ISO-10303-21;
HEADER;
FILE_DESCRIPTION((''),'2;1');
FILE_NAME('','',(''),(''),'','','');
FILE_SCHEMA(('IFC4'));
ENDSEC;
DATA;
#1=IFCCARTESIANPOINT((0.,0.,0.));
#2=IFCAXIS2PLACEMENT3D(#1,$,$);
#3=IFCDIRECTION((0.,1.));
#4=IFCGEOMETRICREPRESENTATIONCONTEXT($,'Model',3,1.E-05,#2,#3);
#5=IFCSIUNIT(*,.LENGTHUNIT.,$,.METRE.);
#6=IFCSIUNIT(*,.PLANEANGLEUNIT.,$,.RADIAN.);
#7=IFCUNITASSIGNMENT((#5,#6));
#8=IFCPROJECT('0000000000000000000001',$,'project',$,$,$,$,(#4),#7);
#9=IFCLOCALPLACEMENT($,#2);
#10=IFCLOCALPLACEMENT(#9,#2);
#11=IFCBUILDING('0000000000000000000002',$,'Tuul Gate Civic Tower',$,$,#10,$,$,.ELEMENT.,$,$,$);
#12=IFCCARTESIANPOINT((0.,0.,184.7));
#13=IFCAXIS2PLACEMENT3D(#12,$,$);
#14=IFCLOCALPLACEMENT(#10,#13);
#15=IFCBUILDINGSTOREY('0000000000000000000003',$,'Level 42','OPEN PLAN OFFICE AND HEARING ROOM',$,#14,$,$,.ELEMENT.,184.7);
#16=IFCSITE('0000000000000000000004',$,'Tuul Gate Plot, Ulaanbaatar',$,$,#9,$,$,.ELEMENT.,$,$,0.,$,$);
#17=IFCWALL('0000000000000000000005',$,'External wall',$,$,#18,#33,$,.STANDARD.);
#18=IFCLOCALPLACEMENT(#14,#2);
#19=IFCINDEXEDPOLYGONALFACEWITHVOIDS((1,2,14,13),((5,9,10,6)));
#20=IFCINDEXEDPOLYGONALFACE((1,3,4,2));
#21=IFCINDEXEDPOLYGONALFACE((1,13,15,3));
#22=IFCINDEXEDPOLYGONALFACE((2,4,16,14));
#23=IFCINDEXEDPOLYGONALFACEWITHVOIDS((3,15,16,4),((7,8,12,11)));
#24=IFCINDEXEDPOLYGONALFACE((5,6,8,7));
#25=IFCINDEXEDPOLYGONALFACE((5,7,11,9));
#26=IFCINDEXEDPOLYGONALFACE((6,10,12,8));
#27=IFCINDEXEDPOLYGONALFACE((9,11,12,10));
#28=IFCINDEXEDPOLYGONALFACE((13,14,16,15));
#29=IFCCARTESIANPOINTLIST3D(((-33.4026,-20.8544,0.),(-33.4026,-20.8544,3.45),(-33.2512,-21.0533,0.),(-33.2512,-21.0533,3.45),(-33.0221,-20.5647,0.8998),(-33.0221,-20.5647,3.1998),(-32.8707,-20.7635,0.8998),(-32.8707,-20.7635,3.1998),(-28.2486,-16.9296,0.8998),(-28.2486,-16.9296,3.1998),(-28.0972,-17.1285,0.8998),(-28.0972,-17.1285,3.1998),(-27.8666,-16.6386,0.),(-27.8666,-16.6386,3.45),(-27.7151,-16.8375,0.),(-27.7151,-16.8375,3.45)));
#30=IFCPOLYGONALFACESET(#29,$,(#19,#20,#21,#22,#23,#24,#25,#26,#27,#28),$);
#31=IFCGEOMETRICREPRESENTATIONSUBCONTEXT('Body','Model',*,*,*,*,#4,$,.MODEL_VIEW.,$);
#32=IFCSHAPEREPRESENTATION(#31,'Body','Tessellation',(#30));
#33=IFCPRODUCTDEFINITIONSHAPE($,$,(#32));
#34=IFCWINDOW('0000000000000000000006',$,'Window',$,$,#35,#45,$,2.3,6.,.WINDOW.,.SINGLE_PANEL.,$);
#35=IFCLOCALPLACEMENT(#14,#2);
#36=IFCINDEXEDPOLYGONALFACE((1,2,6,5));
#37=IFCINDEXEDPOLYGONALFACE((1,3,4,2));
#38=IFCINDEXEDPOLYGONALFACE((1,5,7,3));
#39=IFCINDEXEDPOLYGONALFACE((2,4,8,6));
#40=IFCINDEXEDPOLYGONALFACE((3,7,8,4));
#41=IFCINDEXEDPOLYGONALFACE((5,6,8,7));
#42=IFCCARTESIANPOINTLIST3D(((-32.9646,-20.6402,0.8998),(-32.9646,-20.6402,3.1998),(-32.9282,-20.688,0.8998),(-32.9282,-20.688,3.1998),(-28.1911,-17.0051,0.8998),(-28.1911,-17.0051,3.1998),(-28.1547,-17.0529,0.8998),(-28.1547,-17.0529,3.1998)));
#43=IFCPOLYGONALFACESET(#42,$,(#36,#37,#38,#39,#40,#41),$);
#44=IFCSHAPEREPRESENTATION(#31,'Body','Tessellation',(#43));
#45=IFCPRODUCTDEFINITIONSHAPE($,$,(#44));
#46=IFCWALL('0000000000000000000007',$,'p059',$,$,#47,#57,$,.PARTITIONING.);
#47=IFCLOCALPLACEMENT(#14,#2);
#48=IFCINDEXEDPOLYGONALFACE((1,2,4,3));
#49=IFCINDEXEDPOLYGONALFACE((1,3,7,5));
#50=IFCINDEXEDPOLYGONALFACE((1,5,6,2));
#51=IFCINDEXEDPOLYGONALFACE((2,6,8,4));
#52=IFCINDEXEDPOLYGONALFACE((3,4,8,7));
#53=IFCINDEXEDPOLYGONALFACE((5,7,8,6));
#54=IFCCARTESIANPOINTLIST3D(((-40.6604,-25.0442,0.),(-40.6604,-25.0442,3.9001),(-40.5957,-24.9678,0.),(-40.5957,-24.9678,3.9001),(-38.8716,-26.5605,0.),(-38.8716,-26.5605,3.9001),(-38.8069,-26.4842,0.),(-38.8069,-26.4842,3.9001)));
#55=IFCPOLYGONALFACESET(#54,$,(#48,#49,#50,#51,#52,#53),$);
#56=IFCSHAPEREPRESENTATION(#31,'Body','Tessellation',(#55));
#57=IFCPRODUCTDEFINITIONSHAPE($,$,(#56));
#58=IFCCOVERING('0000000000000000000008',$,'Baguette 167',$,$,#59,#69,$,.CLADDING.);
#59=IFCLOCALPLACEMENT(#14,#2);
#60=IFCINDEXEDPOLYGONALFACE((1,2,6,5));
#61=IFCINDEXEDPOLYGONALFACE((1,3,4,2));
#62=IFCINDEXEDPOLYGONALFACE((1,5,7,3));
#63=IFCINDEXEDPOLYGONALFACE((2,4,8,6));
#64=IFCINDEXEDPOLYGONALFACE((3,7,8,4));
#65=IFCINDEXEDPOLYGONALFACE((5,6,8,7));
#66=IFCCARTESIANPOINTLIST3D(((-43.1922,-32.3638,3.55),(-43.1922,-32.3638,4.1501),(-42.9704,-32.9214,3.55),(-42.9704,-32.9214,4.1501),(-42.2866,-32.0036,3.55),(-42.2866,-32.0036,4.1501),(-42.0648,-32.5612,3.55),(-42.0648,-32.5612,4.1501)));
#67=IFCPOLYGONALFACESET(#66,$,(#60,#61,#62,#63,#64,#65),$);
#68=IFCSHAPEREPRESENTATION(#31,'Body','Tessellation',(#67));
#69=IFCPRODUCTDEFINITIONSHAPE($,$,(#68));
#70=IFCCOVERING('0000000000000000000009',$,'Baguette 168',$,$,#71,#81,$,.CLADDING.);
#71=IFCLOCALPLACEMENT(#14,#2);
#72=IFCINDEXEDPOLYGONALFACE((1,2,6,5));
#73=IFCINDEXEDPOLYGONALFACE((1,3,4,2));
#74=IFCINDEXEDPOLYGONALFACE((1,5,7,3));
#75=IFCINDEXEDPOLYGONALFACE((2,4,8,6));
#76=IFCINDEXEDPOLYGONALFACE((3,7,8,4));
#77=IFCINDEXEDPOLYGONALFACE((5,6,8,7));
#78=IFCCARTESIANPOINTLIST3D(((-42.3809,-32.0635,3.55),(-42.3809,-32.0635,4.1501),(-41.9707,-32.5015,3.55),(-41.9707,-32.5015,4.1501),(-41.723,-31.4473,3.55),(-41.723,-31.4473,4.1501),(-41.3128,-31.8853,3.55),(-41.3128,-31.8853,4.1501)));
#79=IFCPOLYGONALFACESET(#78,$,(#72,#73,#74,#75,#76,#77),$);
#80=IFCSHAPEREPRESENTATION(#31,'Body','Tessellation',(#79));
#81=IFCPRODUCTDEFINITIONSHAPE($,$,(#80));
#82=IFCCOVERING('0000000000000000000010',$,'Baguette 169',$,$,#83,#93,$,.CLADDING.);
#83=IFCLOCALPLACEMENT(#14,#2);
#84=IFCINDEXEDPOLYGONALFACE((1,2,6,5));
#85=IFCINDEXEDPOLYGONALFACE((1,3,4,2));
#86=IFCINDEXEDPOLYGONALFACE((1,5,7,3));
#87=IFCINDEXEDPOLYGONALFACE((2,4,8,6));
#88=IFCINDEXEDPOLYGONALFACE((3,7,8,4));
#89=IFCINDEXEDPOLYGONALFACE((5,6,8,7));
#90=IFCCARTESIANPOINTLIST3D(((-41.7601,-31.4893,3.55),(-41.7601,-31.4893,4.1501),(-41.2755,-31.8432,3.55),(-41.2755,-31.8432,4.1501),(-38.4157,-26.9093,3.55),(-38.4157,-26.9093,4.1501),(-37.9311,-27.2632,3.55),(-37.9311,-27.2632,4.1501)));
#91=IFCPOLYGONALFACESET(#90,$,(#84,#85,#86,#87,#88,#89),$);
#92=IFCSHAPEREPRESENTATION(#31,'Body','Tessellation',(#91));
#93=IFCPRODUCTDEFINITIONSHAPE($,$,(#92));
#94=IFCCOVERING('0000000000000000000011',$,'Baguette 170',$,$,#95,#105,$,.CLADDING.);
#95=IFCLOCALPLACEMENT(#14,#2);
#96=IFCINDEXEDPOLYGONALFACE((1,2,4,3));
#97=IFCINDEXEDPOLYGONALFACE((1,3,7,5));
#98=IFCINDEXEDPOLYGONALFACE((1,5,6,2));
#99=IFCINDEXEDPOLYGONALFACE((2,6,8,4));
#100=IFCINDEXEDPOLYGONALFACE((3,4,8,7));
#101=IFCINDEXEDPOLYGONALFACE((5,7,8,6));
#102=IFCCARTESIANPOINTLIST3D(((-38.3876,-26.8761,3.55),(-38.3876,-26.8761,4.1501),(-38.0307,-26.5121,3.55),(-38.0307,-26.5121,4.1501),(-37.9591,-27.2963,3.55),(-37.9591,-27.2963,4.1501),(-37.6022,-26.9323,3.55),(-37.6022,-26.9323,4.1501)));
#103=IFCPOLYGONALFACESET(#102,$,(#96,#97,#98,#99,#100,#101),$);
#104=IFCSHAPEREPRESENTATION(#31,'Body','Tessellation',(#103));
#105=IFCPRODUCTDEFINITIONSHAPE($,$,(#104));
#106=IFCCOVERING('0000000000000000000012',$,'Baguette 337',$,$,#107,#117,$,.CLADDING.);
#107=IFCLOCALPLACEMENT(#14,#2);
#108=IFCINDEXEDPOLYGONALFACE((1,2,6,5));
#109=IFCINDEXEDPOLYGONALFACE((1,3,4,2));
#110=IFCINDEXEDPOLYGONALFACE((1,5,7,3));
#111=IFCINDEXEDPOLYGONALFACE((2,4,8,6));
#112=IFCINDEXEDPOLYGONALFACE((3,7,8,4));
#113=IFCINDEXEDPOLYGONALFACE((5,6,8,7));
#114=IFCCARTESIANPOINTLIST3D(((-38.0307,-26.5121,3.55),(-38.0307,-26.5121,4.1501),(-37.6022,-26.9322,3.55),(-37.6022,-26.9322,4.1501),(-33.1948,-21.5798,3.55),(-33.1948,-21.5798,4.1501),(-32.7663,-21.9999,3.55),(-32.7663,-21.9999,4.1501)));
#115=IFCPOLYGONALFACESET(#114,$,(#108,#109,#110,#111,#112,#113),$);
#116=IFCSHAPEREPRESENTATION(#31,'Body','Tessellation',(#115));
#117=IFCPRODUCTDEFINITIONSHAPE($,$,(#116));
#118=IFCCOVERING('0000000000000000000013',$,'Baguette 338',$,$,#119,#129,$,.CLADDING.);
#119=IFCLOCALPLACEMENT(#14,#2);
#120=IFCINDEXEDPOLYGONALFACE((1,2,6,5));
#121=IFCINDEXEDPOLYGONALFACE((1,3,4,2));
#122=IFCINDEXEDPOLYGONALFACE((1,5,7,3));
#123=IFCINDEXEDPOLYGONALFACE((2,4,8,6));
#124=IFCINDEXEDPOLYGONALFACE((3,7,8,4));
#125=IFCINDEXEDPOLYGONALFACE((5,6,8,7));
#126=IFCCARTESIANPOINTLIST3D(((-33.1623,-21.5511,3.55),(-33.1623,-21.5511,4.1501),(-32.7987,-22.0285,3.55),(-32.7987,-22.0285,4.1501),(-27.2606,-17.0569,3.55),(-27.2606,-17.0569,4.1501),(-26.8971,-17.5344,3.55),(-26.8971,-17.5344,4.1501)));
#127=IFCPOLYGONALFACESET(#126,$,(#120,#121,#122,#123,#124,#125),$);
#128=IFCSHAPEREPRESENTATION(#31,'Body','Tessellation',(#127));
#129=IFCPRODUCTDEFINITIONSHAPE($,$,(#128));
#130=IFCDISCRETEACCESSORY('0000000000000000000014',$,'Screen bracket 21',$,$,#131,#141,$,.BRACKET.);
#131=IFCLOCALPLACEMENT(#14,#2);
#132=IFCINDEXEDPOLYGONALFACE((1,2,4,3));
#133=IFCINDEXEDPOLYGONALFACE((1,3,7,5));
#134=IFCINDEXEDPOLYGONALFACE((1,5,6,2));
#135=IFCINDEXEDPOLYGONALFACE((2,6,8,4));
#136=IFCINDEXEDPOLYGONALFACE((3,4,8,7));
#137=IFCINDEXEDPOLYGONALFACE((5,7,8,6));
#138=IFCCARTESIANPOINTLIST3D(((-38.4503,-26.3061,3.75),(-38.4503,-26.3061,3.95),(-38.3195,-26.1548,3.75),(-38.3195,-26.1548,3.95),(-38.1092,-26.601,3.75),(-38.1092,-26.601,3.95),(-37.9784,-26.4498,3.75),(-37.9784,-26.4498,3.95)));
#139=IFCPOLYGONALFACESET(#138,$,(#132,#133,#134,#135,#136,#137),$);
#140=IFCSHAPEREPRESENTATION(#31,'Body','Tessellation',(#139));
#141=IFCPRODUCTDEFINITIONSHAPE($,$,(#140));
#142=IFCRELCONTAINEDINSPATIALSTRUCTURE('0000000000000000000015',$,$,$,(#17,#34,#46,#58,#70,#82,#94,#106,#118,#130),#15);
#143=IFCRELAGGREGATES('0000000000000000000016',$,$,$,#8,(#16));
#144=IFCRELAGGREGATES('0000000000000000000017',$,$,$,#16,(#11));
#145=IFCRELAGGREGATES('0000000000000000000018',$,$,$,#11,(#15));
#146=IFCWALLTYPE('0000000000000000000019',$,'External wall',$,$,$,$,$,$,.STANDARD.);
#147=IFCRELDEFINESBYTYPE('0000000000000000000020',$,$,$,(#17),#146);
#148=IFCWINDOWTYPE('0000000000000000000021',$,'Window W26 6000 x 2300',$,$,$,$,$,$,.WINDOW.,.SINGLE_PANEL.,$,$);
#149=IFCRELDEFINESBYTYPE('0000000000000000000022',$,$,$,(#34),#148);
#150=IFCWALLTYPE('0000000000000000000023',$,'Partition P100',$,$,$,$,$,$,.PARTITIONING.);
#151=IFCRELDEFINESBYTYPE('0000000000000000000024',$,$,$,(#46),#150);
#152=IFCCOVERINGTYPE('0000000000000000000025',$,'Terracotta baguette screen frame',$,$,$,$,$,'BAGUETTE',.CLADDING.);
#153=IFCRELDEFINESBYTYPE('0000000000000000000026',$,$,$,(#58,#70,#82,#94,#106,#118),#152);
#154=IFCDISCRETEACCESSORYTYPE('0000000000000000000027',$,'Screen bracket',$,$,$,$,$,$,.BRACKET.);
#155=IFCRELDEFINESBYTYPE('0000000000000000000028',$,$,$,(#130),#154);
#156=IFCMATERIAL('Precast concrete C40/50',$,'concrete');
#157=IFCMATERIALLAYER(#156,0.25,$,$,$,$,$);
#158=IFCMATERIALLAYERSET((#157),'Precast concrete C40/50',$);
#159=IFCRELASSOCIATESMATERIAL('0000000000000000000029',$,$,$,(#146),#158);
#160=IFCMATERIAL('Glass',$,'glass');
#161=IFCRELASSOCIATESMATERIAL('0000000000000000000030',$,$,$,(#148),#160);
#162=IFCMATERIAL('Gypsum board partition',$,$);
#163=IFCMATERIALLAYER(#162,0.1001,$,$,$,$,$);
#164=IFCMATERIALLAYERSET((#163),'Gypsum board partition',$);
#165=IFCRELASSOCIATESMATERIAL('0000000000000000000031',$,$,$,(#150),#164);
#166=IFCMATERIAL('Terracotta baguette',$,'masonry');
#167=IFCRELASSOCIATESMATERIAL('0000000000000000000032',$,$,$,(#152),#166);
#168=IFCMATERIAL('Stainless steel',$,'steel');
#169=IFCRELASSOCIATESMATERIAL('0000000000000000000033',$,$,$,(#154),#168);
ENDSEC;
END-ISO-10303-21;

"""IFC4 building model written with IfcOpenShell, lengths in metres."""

from ifc_helpers import new_model, si_unit, direction, frame, frame_2d, origin, origin_2d, place, context, subcontext, project, spatial, rectangle, extrude, material, layer, layer_set, material_profile, profile_set, type_object, element, fill, save


model = new_model("IFC4")

# Units and contexts
model_context = context("Model", 3, precision=1e-05, world=origin(), true_north=direction((0.0, 1.0)))
body_context = subcontext(model_context, "Body", "Model", "MODEL_VIEW")
ifc_project = project(units=[si_unit("LENGTHUNIT", "METRE"), si_unit("PLANEANGLEUNIT", "RADIAN")], contexts=[model_context])

# Site, building, storey
site_placement = place(None, origin())
site = spatial("IfcSite", under=ifc_project, at=site_placement, Name="Tuul Gate Plot, Ulaanbaatar", CompositionType="ELEMENT", RefElevation=0.0)
building_placement = place(site_placement, origin())
building = spatial("IfcBuilding", under=site, at=building_placement, Name="Tuul Gate Civic Tower", CompositionType="ELEMENT")
storey_placement = place(building_placement, frame((0.0, 0.0, 184.7)))
storey = spatial("IfcBuildingStorey", under=building, at=storey_placement, Name="Level 42", Description="OPEN PLAN OFFICE AND HEARING ROOM", CompositionType="ELEMENT", Elevation=184.7)

# Wall, opening, window
ifc_material_1 = material(Name="Precast concrete C40/50", Category="concrete")
ifc_layer_1 = layer(ifc_material_1, 0.25)
ifc_layer_set_1 = layer_set([ifc_layer_1], Name="Precast concrete C40/50")
wall_type_1 = type_object("IfcWallType", Name="External wall", PredefinedType="STANDARD", material=ifc_layer_set_1)
ifc_material_2 = material(Name="Glass", Category="glass")
window_type_1 = type_object("IfcWindowType", Name="Window W26 6000 x 2300", PartitioningType="SINGLE_PANEL", PredefinedType="WINDOW", material=ifc_material_2)
wall_1_placement = place(storey_placement, frame((-33.3269, -20.9539, 0.0), z_axis=(0.0, 0.0, 1.0), x_axis=(0.795583, 0.605844, 0.0)))
wall_1 = element("IfcWall", 1, at=wall_1_placement, inside=storey, type_object=wall_type_1, Name="External wall", PredefinedType="STANDARD", context=body_context, shape_type="SweptSolid", body=[
    extrude(rectangle(XDim=6.9585, YDim=0.25, at=frame_2d((3.4792, 0.0))), origin(), (0.0, 0.0, 1.0), 3.45),
])
opening_1_placement = place(wall_1_placement, frame((0.4783, 0.0, 0.8999)))
opening_1 = element("IfcOpeningElement", 2, at=opening_1_placement, cuts=wall_1, PredefinedType="OPENING", context=body_context, shape_type="SweptSolid", body=[
    extrude(rectangle(XDim=6.0, YDim=2.3, at=frame_2d((3.0, 1.1499))), frame((0.0, 0.135, 0.0), z_axis=(0.0, -1.0, 0.0), x_axis=(1.0, 0.0, 0.0)), (0.0, 0.0, 1.0), 0.27),
])
window_1_placement = place(opening_1_placement, origin())
window_1 = element("IfcWindow", 3, at=window_1_placement, inside=storey, type_object=window_type_1, Name="Window", OverallHeight=2.3, OverallWidth=6.0, PartitioningType="SINGLE_PANEL", PredefinedType="WINDOW", context=body_context, shape_type="SweptSolid", body=[
    extrude(rectangle(XDim=6.0, YDim=2.3, at=frame_2d((3.0, 1.1499))), frame((0.0, 0.03, 0.0), z_axis=(0.0, -1.0, 0.0), x_axis=(1.0, 0.0, 0.0)), (0.0, 0.0, 1.0), 0.0601),
])
fill(opening_1, window_1)

# Wall
ifc_material_3 = material(Name="Gypsum board partition")
ifc_layer_2 = layer(ifc_material_3, 0.1001)
ifc_layer_set_2 = layer_set([ifc_layer_2], Name="Gypsum board partition")
wall_type_2 = type_object("IfcWallType", Name="Partition P100", PredefinedType="PARTITIONING", material=ifc_layer_set_2)
wall_2_placement = place(storey_placement, frame((-40.6279, -25.0061, 0.0), z_axis=(0.0, 0.0, 1.0), x_axis=(0.762809, -0.646623, 0.0)))
element("IfcWall", 4, at=wall_2_placement, inside=storey, type_object=wall_type_2, Name="p059", PredefinedType="PARTITIONING", context=body_context, shape_type="SweptSolid", body=[
    extrude(rectangle(XDim=2.345, YDim=0.1001, at=frame_2d((1.1724, 0.0))), origin(), (0.0, 0.0, 1.0), 3.9001),
])

# Coverings
ifc_material_4 = material(Name="Terracotta baguette", Category="masonry")
ifc_material_profile_1 = material_profile(ifc_material_4, rectangle(XDim=0.6001, YDim=0.6001, at=origin_2d()), Name="Terracotta baguette screen frame")
ifc_profile_set_1 = profile_set([ifc_material_profile_1], Name="Terracotta baguette")
covering_type = type_object("IfcCoveringType", Name="Terracotta baguette screen frame", ElementType="BAGUETTE", PredefinedType="CLADDING", material=ifc_profile_set_1)
covering_1_placement = place(storey_placement, frame((-43.0813, -32.6426, 3.8501), z_axis=(0.929218, 0.369533, 0.0), x_axis=(-0.369533, 0.929218, 0.0)))
element("IfcCovering", 5, at=covering_1_placement, inside=storey, type_object=covering_type, Name="Baguette 167", PredefinedType="CLADDING", context=body_context, shape_type="SweptSolid", body=[
    extrude(rectangle(XDim=0.6001, YDim=0.6001, at=origin_2d()), origin(), (0.0, 0.0, 1.0), 0.9746),
])
covering_2_placement = place(storey_placement, frame((-42.1758, -32.2825, 3.8501), z_axis=(0.729883, 0.683572, 0.0), x_axis=(-0.683572, 0.729883, 0.0)))
element("IfcCovering", 6, at=covering_2_placement, inside=storey, type_object=covering_type, Name="Baguette 168", PredefinedType="CLADDING", context=body_context, shape_type="SweptSolid", body=[
    extrude(rectangle(XDim=0.6001, YDim=0.6001, at=origin_2d()), origin(), (0.0, 0.0, 1.0), 0.9014),
])
covering_3_placement = place(storey_placement, frame((-41.5178, -31.6663, 3.8501), z_axis=(0.589729, 0.807601, 0.0), x_axis=(-0.807601, 0.589729, 0.0)))
element("IfcCovering", 7, at=covering_3_placement, inside=storey, type_object=covering_type, Name="Baguette 169", PredefinedType="CLADDING", context=body_context, shape_type="SweptSolid", body=[
    extrude(rectangle(XDim=0.6001, YDim=0.6001, at=origin_2d()), origin(), (0.0, 0.0, 1.0), 5.6711),
])
covering_4_placement = place(storey_placement, frame((-38.1733, -27.0862, 3.8501), z_axis=(0.700129, 0.714017, 0.0), x_axis=(-0.714017, 0.700129, 0.0)))
element("IfcCovering", 8, at=covering_4_placement, inside=storey, type_object=covering_type, Name="Baguette 170", PredefinedType="CLADDING", context=body_context, shape_type="SweptSolid", body=[
    extrude(rectangle(XDim=0.6001, YDim=0.6001, at=origin_2d()), origin(), (0.0, 0.0, 1.0), 0.5098),
])
covering_5_placement = place(storey_placement, frame((-37.8164, -26.7222, 3.8501), z_axis=(0.700092, 0.714053, 0.0), x_axis=(-0.714053, 0.700092, 0.0)))
element("IfcCovering", 9, at=covering_5_placement, inside=storey, type_object=covering_type, Name="Baguette 337", PredefinedType="CLADDING", context=body_context, shape_type="SweptSolid", body=[
    extrude(rectangle(XDim=0.6001, YDim=0.6001, at=origin_2d()), origin(), (0.0, 0.0, 1.0), 6.9075),
])
covering_6_placement = place(storey_placement, frame((-32.9805, -21.7898, 3.8501), z_axis=(0.795583, 0.605845, 0.0), x_axis=(-0.605845, 0.795583, 0.0)))
element("IfcCovering", 10, at=covering_6_placement, inside=storey, type_object=covering_type, Name="Baguette 338", PredefinedType="CLADDING", context=body_context, shape_type="SweptSolid", body=[
    extrude(rectangle(XDim=0.6001, YDim=0.6001, at=origin_2d()), origin(), (0.0, 0.0, 1.0), 7.418),
])

# Discrete accessory
ifc_material_5 = material(Name="Stainless steel", Category="steel")
discrete_accessory_type = type_object("IfcDiscreteAccessoryType", Name="Screen bracket", PredefinedType="BRACKET", material=ifc_material_5)
discrete_accessory_placement = place(storey_placement, frame((-38.2144, -26.3779, 3.75), z_axis=(0.0, 0.0, 1.0), x_axis=(0.756372, -0.654142, 0.0)))
element("IfcDiscreteAccessory", 11, at=discrete_accessory_placement, inside=storey, type_object=discrete_accessory_type, Name="Screen bracket 21", PredefinedType="BRACKET", context=body_context, shape_type="SweptSolid", body=[
    extrude(rectangle(XDim=0.4509, YDim=0.2, at=origin_2d()), origin(), (0.0, 0.0, 1.0), 0.2),
])

save(model, "model.ifc")
